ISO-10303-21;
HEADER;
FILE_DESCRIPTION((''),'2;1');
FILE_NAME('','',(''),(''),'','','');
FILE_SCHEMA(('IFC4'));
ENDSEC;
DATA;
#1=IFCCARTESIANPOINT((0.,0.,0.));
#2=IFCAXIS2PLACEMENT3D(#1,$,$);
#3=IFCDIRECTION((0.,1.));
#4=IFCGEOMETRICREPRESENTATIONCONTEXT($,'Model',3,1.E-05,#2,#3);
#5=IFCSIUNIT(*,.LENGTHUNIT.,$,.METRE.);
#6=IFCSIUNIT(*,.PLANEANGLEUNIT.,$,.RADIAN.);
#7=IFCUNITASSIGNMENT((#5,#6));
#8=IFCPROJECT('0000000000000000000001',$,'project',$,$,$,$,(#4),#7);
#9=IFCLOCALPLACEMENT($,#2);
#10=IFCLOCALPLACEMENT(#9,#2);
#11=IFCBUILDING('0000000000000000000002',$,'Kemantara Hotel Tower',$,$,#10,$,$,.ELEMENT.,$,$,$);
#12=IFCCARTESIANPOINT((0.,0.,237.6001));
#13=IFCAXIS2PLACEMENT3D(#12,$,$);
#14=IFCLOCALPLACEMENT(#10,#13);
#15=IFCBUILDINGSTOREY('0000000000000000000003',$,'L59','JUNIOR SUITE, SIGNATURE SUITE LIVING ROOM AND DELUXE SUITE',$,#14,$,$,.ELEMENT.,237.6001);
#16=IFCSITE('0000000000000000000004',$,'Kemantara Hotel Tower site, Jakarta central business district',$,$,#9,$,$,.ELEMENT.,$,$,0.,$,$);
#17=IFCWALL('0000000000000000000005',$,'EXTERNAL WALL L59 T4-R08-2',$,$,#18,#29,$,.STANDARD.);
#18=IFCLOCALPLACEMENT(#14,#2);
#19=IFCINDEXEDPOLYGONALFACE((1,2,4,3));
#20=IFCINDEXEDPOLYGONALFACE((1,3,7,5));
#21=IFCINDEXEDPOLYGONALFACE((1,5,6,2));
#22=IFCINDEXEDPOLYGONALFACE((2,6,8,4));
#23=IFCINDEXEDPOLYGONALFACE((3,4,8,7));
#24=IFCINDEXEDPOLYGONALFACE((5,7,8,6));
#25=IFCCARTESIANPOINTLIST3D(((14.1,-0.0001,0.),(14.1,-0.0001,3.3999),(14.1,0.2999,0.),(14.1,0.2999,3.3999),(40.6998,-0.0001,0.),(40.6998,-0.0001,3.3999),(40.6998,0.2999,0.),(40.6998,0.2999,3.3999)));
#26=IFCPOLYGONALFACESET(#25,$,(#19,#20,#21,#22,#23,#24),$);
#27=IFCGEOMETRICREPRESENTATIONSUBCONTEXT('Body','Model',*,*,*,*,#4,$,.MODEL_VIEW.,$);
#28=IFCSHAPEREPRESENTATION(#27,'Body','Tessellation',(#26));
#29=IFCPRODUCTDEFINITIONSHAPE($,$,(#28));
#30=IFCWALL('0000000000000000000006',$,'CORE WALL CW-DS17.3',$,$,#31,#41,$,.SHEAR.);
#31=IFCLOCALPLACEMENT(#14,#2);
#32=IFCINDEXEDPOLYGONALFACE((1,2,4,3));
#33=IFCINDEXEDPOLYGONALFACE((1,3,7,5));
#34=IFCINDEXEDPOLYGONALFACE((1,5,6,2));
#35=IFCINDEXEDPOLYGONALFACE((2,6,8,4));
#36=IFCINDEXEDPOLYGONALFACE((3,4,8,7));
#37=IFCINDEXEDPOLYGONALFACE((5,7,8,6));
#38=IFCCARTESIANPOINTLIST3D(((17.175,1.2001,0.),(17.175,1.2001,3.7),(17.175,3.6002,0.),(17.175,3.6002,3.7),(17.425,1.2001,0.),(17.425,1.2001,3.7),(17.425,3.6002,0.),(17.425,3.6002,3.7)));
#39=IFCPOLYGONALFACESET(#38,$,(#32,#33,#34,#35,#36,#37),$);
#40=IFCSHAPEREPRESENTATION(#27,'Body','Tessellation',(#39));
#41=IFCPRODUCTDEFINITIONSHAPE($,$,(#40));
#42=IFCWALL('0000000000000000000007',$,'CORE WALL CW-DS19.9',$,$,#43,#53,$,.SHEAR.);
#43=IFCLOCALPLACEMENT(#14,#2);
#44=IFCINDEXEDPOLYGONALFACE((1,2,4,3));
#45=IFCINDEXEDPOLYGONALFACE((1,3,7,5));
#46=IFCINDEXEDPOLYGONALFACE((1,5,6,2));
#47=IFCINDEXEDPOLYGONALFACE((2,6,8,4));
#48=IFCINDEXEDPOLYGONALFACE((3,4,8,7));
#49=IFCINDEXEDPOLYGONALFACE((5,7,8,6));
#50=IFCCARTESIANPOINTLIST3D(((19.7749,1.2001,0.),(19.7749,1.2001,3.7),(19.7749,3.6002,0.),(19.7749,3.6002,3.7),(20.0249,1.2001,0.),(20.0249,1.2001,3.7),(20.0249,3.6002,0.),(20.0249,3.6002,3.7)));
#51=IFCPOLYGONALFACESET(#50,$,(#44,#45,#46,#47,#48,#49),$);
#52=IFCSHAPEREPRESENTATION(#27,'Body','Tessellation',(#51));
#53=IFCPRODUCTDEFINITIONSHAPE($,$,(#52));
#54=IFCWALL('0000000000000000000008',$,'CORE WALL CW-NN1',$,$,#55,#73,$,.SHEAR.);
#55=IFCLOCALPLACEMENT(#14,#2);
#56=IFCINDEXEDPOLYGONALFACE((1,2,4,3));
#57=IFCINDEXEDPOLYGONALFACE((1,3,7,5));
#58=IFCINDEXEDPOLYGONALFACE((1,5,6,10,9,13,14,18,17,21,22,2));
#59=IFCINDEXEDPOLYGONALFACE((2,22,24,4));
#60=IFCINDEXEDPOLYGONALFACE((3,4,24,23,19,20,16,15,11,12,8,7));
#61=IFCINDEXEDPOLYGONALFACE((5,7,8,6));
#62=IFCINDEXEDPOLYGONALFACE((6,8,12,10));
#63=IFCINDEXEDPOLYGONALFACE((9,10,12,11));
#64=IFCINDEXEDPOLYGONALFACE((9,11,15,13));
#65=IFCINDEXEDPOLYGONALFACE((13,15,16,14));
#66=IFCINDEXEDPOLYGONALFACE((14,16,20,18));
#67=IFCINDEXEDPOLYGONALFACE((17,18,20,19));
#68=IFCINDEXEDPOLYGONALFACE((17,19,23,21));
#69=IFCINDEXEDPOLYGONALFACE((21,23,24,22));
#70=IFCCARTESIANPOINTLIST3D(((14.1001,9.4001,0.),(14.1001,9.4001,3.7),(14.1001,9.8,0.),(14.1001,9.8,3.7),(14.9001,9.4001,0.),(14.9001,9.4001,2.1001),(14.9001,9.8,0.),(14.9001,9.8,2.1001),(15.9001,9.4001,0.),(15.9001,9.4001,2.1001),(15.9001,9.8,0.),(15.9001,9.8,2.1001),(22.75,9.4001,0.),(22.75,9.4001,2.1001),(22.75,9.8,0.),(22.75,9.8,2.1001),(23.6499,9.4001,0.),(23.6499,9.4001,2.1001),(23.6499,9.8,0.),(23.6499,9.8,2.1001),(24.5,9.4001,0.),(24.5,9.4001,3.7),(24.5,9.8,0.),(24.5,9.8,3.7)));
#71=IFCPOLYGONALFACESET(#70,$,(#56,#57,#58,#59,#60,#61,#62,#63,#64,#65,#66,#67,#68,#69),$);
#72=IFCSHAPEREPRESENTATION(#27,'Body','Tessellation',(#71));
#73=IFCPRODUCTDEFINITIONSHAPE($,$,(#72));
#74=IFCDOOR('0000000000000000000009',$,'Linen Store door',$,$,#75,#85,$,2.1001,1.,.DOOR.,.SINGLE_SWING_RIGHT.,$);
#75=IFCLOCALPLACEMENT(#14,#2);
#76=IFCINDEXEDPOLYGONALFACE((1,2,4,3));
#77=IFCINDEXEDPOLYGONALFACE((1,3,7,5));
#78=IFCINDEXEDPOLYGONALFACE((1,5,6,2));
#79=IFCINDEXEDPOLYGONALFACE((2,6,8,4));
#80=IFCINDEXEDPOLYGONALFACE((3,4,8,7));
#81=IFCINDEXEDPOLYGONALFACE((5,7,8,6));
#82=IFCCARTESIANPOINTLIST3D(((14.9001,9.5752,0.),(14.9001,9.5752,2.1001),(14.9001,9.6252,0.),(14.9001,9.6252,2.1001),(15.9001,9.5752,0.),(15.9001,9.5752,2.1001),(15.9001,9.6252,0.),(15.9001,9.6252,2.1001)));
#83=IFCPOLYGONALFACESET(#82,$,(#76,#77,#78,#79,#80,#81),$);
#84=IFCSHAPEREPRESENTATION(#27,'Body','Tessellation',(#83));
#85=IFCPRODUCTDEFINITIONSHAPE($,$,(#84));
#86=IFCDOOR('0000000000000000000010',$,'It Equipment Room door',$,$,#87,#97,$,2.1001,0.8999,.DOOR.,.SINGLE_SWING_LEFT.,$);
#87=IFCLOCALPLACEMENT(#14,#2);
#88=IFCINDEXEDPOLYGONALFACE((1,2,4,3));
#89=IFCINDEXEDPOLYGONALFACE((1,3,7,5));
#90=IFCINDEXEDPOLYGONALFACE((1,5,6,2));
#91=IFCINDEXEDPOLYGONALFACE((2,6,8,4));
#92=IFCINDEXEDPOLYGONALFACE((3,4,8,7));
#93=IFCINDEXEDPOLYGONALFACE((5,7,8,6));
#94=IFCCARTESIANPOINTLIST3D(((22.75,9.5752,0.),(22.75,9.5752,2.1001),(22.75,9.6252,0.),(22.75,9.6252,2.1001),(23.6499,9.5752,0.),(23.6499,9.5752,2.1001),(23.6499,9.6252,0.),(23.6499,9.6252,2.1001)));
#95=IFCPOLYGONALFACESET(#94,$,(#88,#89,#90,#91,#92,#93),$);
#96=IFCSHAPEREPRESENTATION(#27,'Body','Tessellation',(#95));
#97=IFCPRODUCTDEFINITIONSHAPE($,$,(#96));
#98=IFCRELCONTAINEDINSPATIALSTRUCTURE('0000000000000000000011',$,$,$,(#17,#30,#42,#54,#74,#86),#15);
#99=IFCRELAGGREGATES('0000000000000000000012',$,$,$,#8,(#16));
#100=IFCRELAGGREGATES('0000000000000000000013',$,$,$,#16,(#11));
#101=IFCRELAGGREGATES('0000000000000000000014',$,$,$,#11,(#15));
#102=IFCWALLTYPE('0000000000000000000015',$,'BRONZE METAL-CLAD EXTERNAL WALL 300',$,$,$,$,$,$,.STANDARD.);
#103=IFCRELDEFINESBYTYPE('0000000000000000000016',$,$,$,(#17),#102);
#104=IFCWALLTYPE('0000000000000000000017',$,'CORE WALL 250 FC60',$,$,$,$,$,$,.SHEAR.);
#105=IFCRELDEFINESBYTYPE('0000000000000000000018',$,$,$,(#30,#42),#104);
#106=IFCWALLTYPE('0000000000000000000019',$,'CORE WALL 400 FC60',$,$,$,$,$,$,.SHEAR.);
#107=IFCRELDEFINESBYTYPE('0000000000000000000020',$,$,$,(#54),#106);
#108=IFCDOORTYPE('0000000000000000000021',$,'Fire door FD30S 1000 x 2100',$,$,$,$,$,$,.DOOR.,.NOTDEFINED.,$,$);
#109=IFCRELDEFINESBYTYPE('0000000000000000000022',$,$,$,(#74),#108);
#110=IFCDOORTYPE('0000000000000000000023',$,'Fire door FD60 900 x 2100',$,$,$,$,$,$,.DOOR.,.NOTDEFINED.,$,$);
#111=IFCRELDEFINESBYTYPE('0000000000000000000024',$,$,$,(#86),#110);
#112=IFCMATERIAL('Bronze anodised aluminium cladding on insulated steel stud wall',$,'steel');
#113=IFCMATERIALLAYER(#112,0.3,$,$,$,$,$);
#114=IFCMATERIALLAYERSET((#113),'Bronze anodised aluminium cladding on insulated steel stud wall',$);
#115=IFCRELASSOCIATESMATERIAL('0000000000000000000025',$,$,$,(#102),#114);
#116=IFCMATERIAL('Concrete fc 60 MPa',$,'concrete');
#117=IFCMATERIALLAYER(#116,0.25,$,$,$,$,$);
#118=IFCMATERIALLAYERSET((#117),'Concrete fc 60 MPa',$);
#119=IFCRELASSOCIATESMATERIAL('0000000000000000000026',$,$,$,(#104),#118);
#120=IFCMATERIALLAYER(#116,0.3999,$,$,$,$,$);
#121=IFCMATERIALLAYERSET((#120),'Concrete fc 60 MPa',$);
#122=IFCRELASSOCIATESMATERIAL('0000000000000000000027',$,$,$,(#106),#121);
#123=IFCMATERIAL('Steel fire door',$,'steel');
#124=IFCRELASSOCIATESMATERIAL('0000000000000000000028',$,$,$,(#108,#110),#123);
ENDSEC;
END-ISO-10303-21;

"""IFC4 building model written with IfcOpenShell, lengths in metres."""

from ifc_helpers import new_model, si_unit, direction, frame, frame_2d, origin, place, context, subcontext, project, spatial, rectangle, extrude, material, layer, layer_set, type_object, element, fill, save


model = new_model("IFC4")

# Units and contexts
model_context = context("Model", 3, precision=1e-05, world=origin(), true_north=direction((0.0, 1.0)))
body_context = subcontext(model_context, "Body", "Model", "MODEL_VIEW")
ifc_project = project(units=[si_unit("LENGTHUNIT", "METRE"), si_unit("PLANEANGLEUNIT", "RADIAN")], contexts=[model_context])

# Site, building, storey
site_placement = place(None, origin())
site = spatial("IfcSite", under=ifc_project, at=site_placement, Name="Kemantara Hotel Tower site, Jakarta central business district", CompositionType="ELEMENT", RefElevation=0.0)
building_placement = place(site_placement, origin())
building = spatial("IfcBuilding", under=site, at=building_placement, Name="Kemantara Hotel Tower", CompositionType="ELEMENT")
storey_placement = place(building_placement, frame((0.0, 0.0, 237.6001)))
storey = spatial("IfcBuildingStorey", under=building, at=storey_placement, Name="L59", Description="JUNIOR SUITE, SIGNATURE SUITE LIVING ROOM AND DELUXE SUITE", CompositionType="ELEMENT", Elevation=237.6001)

# Walls
ifc_material_1 = material(Name="Bronze anodised aluminium cladding on insulated steel stud wall", Category="steel")
ifc_layer_1 = layer(ifc_material_1, 0.3)
ifc_layer_set_1 = layer_set([ifc_layer_1], Name="Bronze anodised aluminium cladding on insulated steel stud wall")
wall_type_1 = type_object("IfcWallType", Name="BRONZE METAL-CLAD EXTERNAL WALL 300", PredefinedType="STANDARD", material=ifc_layer_set_1)
wall_1_placement = place(storey_placement, frame((14.1001, 0.1499, 0.0), z_axis=(0.0, 0.0, 1.0), x_axis=(1.0, 0.0, 0.0)))
element("IfcWall", 1, at=wall_1_placement, inside=storey, type_object=wall_type_1, Name="EXTERNAL WALL L59 T4-R08-2", PredefinedType="STANDARD", context=body_context, shape_type="SweptSolid", body=[
    extrude(rectangle(XDim=26.5999, YDim=0.3, at=frame_2d((13.2998, 0.0))), origin(), (0.0, 0.0, 1.0), 3.3999),
])
ifc_material_2 = material(Name="Concrete fc 60 MPa", Category="concrete")
ifc_layer_2 = layer(ifc_material_2, 0.25)
ifc_layer_set_2 = layer_set([ifc_layer_2], Name="Concrete fc 60 MPa")
wall_type_2 = type_object("IfcWallType", Name="CORE WALL 250 FC60", PredefinedType="SHEAR", material=ifc_layer_set_2)
for number, where, z_axis, x_axis, name in (
    (2, (17.3, 1.2, 0.0), (0.0, 0.0, 1.0), (0.0, 1.0, 0.0), "CORE WALL CW-DS17.3"),
    (3, (19.8999, 1.2, 0.0), (0.0, 0.0, 1.0), (0.0, 1.0, 0.0), "CORE WALL CW-DS19.9"),
):
    element("IfcWall", number, at=place(storey_placement, frame(where, z_axis=z_axis, x_axis=x_axis)), inside=storey, type_object=wall_type_2, Name=name, PredefinedType="SHEAR", context=body_context, shape_type="SweptSolid", body=[
        extrude(rectangle(XDim=2.4001, YDim=0.25, at=frame_2d((1.2002, 0.0))), origin(), (0.0, 0.0, 1.0), 3.7),
    ])

# Wall, openings, doors
ifc_layer_3 = layer(ifc_material_2, 0.3999)
ifc_layer_set_3 = layer_set([ifc_layer_3], Name="Concrete fc 60 MPa")
wall_type_3 = type_object("IfcWallType", Name="CORE WALL 400 FC60", PredefinedType="SHEAR", material=ifc_layer_set_3)
wall_2_placement = place(storey_placement, frame((14.1001, 9.6001, 0.0), z_axis=(0.0, 0.0, 1.0), x_axis=(1.0, 0.0, 0.0)))
wall_2 = element("IfcWall", 4, at=wall_2_placement, inside=storey, type_object=wall_type_3, Name="CORE WALL CW-NN1", PredefinedType="SHEAR", context=body_context, shape_type="SweptSolid", body=[
    extrude(rectangle(XDim=10.3999, YDim=0.3999, at=frame_2d((5.2, 0.0))), origin(), (0.0, 0.0, 1.0), 3.7),
])
opening_1_placement = place(wall_2_placement, frame((0.8, 0.0, 0.0)))
opening_1 = element("IfcOpeningElement", 5, at=opening_1_placement, cuts=wall_2, PredefinedType="OPENING", context=body_context, shape_type="SweptSolid", body=[
    extrude(rectangle(XDim=1.0, YDim=2.1001, at=frame_2d((0.5, 1.05))), frame((0.0, 0.21, 0.0), z_axis=(0.0, -1.0, 0.0), x_axis=(1.0, 0.0, 0.0)), (0.0, 0.0, 1.0), 0.4199),
])
opening_2_placement = place(wall_2_placement, frame((8.6499, 0.0, 0.0)))
opening_2 = element("IfcOpeningElement", 6, at=opening_2_placement, cuts=wall_2, PredefinedType="OPENING", context=body_context, shape_type="SweptSolid", body=[
    extrude(rectangle(XDim=0.8999, YDim=2.1001, at=frame_2d((0.45, 1.05))), frame((0.0, 0.21, 0.0), z_axis=(0.0, -1.0, 0.0), x_axis=(1.0, 0.0, 0.0)), (0.0, 0.0, 1.0), 0.4199),
])
ifc_material_3 = material(Name="Steel fire door", Category="steel")
door_type_1 = type_object("IfcDoorType", Name="Fire door FD30S 1000 x 2100", OperationType="NOTDEFINED", PredefinedType="DOOR", material=ifc_material_3)
door_1_placement = place(opening_1_placement, frame((1.0, 0.0, 0.0), z_axis=(0.0, 0.0, 1.0), x_axis=(-1.0, 0.0, 0.0)))
door_1 = element("IfcDoor", 7, at=door_1_placement, inside=storey, type_object=door_type_1, Name="Linen Store door", OperationType="SINGLE_SWING_RIGHT", OverallHeight=2.1001, OverallWidth=1.0, PredefinedType="DOOR", context=body_context, shape_type="SweptSolid", body=[
    extrude(rectangle(XDim=1.0, YDim=2.1001, at=frame_2d((0.5, 1.05))), frame((0.0, 0.0249, 0.0), z_axis=(0.0, -1.0, 0.0), x_axis=(1.0, 0.0, 0.0)), (0.0, 0.0, 1.0), 0.05),
])
fill(opening_1, door_1)
door_type_2 = type_object("IfcDoorType", Name="Fire door FD60 900 x 2100", OperationType="NOTDEFINED", PredefinedType="DOOR", material=ifc_material_3)
door_2_placement = place(opening_2_placement, frame((0.8999, 0.0, 0.0), z_axis=(0.0, 0.0, 1.0), x_axis=(-1.0, 0.0, 0.0)))
door_2 = element("IfcDoor", 8, at=door_2_placement, inside=storey, type_object=door_type_2, Name="It Equipment Room door", OperationType="SINGLE_SWING_LEFT", OverallHeight=2.1001, OverallWidth=0.8999, PredefinedType="DOOR", context=body_context, shape_type="SweptSolid", body=[
    extrude(rectangle(XDim=0.8999, YDim=2.1001, at=frame_2d((0.45, 1.05))), frame((0.0, 0.0249, 0.0), z_axis=(0.0, -1.0, 0.0), x_axis=(1.0, 0.0, 0.0)), (0.0, 0.0, 1.0), 0.05),
])
fill(opening_2, door_2)

save(model, "model.ifc")
